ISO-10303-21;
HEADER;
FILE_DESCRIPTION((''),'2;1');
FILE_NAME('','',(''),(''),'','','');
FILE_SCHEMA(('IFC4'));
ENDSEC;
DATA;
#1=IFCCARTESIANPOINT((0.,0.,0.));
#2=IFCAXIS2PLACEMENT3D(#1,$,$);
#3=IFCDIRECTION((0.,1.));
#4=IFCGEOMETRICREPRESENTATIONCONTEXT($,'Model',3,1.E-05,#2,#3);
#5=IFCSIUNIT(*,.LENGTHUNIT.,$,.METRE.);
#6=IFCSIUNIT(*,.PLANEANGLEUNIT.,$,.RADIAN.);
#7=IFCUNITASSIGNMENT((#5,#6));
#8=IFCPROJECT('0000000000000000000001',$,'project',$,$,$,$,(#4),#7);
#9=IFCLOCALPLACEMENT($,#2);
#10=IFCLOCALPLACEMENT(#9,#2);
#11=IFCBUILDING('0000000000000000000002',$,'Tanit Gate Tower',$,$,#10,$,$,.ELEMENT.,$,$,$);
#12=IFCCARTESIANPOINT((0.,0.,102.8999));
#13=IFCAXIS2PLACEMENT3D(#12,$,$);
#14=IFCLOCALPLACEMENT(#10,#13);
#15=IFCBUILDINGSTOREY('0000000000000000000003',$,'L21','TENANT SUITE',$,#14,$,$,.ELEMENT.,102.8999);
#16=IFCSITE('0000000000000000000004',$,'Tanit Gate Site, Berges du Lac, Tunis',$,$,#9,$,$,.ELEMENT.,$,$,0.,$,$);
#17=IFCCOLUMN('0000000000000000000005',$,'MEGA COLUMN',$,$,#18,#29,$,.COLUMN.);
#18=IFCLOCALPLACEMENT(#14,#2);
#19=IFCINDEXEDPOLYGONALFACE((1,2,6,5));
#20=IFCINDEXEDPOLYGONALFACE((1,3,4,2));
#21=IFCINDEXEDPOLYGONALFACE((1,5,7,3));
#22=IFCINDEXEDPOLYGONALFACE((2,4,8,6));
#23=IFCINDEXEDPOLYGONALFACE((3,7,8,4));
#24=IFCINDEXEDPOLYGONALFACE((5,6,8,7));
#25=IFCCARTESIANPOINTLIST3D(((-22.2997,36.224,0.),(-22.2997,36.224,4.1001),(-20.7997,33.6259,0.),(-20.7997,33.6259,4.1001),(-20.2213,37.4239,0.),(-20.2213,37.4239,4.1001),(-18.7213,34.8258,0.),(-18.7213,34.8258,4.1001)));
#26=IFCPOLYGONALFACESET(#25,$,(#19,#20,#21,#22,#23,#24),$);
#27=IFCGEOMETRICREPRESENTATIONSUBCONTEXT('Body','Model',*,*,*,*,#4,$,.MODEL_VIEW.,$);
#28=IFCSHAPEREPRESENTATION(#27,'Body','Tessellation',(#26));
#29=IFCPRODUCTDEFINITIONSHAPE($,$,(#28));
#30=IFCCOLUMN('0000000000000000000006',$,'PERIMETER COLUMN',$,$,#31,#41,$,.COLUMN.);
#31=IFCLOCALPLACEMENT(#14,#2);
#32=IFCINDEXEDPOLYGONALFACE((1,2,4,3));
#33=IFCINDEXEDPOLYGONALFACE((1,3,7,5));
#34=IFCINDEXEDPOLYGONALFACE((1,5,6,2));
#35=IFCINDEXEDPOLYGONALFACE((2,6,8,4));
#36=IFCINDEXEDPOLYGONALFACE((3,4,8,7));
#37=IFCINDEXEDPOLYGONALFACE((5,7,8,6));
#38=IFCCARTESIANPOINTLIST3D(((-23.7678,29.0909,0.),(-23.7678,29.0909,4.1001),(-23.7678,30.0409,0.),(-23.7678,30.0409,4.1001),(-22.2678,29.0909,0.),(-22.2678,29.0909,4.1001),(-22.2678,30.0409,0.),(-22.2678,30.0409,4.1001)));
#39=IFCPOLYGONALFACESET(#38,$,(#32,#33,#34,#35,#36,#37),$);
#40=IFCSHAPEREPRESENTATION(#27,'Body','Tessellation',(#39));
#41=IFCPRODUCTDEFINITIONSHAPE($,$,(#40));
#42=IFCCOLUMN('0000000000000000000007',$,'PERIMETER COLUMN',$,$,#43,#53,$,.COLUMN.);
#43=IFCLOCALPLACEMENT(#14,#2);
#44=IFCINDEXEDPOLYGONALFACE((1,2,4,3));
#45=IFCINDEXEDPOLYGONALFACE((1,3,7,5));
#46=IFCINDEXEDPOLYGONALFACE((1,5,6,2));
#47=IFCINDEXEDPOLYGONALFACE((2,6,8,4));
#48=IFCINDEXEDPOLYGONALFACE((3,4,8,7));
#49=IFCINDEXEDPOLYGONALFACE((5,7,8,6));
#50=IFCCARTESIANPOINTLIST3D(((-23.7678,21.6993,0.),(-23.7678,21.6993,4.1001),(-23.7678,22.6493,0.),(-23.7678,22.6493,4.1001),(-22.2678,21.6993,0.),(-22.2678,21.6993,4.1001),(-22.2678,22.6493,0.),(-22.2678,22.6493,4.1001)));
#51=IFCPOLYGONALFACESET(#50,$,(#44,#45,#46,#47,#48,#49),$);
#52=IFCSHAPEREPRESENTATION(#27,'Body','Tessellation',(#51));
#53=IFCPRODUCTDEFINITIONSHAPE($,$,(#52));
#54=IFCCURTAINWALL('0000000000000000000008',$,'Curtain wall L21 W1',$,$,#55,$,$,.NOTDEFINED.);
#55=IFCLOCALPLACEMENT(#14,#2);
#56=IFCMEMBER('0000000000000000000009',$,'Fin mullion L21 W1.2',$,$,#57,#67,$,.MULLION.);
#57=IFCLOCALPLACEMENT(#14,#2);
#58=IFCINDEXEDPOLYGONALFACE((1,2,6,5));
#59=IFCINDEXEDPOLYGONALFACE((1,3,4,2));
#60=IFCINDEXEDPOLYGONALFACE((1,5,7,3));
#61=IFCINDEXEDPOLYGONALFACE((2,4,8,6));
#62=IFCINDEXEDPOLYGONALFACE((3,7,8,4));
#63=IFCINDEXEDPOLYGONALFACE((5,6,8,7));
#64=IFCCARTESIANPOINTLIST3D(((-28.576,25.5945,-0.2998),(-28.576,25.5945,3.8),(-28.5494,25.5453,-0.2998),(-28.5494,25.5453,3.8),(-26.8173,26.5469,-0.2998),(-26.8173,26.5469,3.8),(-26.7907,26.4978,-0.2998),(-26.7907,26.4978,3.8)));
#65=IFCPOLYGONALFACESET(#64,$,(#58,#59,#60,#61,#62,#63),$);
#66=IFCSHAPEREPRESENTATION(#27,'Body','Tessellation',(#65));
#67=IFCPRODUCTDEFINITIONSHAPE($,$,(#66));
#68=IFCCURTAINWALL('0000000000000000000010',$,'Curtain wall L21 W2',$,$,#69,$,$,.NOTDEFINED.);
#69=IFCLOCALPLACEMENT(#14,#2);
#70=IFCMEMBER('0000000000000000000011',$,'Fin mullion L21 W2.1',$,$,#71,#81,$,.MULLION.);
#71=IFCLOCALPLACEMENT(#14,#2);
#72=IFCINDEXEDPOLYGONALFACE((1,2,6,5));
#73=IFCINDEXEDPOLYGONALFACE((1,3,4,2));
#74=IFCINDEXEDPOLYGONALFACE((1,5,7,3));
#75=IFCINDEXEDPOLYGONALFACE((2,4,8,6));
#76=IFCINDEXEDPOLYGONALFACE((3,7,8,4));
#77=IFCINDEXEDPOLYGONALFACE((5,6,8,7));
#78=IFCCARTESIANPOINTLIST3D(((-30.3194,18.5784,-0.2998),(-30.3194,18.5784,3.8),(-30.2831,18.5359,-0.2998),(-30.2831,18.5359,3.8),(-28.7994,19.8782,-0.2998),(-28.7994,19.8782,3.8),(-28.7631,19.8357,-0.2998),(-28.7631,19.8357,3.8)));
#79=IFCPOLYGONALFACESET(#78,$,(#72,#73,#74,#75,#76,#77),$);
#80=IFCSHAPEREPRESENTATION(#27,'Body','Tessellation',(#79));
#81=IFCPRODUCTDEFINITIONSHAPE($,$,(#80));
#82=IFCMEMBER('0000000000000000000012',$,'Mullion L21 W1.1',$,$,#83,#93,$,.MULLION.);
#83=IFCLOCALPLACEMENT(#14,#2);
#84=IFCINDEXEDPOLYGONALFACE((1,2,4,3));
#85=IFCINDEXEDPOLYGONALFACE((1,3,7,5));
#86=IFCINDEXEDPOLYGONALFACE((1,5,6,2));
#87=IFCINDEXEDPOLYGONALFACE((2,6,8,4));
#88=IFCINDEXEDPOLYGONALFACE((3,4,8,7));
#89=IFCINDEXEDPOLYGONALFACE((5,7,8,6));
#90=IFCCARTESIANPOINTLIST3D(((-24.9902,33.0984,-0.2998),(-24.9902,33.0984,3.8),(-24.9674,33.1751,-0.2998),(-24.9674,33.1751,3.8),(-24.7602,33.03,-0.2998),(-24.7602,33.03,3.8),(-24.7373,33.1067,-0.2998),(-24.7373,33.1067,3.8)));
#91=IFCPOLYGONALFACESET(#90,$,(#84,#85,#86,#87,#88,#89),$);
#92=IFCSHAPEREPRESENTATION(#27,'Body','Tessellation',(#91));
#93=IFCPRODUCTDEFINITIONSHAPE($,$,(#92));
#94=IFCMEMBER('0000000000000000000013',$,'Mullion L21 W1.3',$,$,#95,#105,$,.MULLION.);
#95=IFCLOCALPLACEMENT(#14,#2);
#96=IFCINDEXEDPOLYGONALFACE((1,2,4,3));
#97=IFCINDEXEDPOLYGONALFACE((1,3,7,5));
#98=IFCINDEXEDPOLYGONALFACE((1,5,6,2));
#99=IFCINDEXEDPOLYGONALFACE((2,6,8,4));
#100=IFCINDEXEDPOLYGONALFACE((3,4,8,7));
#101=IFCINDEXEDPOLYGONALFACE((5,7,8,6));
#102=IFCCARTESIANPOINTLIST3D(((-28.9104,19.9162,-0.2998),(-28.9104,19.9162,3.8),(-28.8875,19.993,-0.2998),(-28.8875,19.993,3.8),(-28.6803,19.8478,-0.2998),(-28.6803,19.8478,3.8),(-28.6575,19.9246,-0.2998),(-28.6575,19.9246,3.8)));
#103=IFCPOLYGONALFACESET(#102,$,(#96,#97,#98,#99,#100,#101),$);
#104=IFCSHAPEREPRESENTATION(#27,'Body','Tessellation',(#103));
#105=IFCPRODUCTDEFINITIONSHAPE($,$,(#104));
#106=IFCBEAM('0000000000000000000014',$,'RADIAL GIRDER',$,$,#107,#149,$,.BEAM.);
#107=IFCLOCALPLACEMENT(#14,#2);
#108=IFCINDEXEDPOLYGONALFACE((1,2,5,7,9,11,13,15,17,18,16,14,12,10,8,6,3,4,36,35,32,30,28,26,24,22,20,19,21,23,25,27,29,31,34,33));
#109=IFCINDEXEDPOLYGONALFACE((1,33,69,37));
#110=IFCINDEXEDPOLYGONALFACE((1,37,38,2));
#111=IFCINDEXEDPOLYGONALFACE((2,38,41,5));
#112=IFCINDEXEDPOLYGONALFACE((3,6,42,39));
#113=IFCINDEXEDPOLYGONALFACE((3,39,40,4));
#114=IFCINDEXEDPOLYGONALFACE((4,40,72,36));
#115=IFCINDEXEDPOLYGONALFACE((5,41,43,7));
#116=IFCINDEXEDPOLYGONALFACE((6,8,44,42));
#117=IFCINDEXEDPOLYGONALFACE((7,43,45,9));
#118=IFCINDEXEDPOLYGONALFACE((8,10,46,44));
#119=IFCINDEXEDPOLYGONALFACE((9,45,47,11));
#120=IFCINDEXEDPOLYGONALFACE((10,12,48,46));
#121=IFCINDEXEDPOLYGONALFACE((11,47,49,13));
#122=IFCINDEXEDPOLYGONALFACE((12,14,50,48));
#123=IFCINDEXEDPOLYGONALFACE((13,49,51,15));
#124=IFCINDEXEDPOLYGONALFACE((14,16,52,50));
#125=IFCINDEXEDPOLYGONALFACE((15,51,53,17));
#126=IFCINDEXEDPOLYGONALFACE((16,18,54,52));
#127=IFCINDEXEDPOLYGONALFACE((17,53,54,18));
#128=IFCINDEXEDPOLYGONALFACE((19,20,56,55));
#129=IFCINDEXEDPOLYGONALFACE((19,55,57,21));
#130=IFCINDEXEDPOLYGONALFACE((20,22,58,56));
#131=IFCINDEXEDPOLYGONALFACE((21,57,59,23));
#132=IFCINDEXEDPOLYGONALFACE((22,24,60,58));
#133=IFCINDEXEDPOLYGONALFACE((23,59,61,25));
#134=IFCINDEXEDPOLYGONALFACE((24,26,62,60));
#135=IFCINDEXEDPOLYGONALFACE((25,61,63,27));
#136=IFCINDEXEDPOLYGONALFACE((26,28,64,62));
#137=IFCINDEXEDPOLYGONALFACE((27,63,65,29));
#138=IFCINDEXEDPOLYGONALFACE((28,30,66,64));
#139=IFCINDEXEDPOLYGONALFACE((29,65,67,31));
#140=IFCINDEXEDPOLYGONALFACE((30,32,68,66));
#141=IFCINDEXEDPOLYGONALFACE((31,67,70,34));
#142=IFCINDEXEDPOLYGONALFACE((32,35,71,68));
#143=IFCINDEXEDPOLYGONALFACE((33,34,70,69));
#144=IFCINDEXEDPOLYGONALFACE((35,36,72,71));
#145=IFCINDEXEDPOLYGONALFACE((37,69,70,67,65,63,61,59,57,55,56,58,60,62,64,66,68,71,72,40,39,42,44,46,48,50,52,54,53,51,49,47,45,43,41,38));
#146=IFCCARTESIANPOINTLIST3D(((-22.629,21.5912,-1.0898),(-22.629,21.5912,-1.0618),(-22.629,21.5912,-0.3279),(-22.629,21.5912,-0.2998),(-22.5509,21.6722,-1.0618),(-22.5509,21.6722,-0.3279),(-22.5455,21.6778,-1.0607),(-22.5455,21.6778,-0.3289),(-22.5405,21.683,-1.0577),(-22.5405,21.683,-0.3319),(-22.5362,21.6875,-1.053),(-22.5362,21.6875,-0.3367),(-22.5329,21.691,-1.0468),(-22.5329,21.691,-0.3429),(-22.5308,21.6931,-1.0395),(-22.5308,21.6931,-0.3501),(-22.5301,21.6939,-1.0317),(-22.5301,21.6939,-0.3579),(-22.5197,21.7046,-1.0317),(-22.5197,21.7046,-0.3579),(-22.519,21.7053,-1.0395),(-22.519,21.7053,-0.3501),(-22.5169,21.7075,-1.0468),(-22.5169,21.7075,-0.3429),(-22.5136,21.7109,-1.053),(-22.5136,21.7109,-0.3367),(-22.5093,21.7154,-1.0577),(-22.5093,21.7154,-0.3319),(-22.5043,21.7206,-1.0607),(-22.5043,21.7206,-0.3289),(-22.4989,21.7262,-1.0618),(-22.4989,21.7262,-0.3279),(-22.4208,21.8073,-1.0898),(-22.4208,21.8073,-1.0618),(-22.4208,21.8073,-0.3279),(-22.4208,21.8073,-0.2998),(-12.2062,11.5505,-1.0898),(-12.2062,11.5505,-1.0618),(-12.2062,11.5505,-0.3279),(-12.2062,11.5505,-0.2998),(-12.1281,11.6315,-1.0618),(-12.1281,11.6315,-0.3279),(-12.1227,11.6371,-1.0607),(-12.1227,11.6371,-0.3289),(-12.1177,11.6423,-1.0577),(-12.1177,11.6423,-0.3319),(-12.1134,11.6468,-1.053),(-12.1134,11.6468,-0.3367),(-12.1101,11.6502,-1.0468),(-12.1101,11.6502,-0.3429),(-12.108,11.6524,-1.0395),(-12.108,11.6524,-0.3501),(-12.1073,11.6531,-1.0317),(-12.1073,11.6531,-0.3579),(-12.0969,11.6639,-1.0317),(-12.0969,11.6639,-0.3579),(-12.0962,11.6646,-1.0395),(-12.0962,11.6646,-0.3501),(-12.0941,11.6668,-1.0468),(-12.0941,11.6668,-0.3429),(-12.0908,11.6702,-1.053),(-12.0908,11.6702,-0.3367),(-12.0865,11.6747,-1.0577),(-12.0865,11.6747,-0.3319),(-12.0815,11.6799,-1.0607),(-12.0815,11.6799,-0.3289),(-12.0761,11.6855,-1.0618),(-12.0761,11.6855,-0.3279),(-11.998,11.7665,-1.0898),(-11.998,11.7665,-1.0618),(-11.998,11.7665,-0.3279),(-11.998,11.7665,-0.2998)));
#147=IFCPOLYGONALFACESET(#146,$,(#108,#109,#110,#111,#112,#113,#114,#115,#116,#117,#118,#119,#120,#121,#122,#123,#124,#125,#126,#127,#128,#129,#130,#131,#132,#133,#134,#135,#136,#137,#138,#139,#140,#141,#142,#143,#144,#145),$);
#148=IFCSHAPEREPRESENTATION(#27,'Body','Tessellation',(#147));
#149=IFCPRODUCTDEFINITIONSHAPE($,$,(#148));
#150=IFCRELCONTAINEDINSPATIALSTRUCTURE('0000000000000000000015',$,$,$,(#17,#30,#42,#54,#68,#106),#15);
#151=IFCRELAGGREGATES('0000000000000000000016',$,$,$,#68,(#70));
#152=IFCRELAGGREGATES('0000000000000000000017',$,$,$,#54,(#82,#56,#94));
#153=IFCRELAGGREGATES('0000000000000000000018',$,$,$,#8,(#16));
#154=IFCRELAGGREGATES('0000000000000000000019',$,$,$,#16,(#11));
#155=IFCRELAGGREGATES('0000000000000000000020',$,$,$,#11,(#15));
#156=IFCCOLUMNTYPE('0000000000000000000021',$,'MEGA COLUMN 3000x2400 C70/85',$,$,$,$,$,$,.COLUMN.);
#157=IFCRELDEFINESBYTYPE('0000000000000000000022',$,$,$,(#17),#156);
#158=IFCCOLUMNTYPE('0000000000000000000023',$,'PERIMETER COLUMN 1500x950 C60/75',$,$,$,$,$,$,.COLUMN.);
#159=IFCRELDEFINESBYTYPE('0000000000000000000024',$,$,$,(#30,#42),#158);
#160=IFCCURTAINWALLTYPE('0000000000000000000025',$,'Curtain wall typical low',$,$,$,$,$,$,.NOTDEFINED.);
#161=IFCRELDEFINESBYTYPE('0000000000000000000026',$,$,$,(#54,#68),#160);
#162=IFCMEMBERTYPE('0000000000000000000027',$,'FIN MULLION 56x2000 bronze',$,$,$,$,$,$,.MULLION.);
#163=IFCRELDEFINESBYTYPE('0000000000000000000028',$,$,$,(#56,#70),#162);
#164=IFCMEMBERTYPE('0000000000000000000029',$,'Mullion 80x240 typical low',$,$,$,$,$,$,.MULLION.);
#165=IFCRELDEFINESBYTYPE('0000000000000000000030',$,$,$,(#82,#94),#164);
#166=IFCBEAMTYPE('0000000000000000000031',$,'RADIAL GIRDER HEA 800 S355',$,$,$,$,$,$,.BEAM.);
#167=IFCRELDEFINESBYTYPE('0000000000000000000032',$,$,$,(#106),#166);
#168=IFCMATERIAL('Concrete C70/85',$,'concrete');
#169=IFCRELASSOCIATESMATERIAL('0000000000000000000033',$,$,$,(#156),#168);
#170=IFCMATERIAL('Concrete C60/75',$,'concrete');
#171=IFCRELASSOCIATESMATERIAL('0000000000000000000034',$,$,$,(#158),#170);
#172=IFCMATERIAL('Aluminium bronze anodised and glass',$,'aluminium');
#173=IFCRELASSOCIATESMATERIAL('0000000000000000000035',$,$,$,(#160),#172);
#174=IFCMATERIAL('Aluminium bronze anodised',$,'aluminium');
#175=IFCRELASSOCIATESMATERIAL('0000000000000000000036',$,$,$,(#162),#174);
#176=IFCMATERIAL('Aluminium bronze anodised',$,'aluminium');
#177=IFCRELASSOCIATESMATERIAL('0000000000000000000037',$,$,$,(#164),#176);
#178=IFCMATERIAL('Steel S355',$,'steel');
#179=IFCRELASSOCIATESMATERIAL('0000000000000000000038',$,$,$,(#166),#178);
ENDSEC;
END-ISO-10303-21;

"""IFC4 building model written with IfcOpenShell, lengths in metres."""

from ifc_helpers import new_model, si_unit, direction, frame, origin, origin_2d, place, context, subcontext, project, spatial, rectangle, i_section, extrude, material, material_profile, profile_set, type_object, element, aggregate, save


model = new_model("IFC4")

# Units and contexts
model_context = context("Model", 3, precision=1e-05, world=origin(), true_north=direction((0.0, 1.0)))
body_context = subcontext(model_context, "Body", "Model", "MODEL_VIEW")
ifc_project = project(units=[si_unit("LENGTHUNIT", "METRE"), si_unit("PLANEANGLEUNIT", "RADIAN")], contexts=[model_context])

# Site, building, storey
site_placement = place(None, origin())
site = spatial("IfcSite", under=ifc_project, at=site_placement, Name="Tanit Gate Site, Berges du Lac, Tunis", CompositionType="ELEMENT", RefElevation=0.0)
building_placement = place(site_placement, origin())
building = spatial("IfcBuilding", under=site, at=building_placement, Name="Tanit Gate Tower", CompositionType="ELEMENT")
storey_placement = place(building_placement, frame((0.0, 0.0, 102.8999)))
storey = spatial("IfcBuildingStorey", under=building, at=storey_placement, Name="L21", Description="TENANT SUITE", CompositionType="ELEMENT", Elevation=102.8999)

# Columns
ifc_material_1 = material(Name="Concrete C70/85", Category="concrete")
ifc_material_profile_1 = material_profile(ifc_material_1, rectangle(XDim=3.0, YDim=2.3999, at=origin_2d()), Name="RC 3000x2400")
ifc_profile_set_1 = profile_set([ifc_material_profile_1], Name="Concrete C70/85")
column_type_1 = type_object("IfcColumnType", Name="MEGA COLUMN 3000x2400 C70/85", PredefinedType="COLUMN", material=ifc_profile_set_1)
column_placement = place(storey_placement, frame((-20.5105, 35.5249, 0.0), z_axis=(0.0, 0.0, 1.0), x_axis=(-0.5, 0.866025, 0.0)))
element("IfcColumn", 1, at=column_placement, inside=storey, type_object=column_type_1, Name="MEGA COLUMN", PredefinedType="COLUMN", context=body_context, shape_type="SweptSolid", body=[
    extrude(rectangle(XDim=3.0, YDim=2.3999, at=origin_2d()), origin(), (0.0, 0.0, 1.0), 4.1001),
])
ifc_material_2 = material(Name="Concrete C60/75", Category="concrete")
ifc_material_profile_2 = material_profile(ifc_material_2, rectangle(XDim=1.5, YDim=0.95, at=origin_2d()), Name="RC 1500x950")
ifc_profile_set_2 = profile_set([ifc_material_profile_2], Name="Concrete C60/75")
column_type_2 = type_object("IfcColumnType", Name="PERIMETER COLUMN 1500x950 C60/75", PredefinedType="COLUMN", material=ifc_profile_set_2)
for number, where, z_axis, x_axis, name in (
    (2, (-23.0178, 29.5659, 0.0), (0.0, 0.0, 1.0), (-1.0, 0.0, 0.0), "PERIMETER COLUMN"),
    (3, (-23.0178, 22.1743, 0.0), (0.0, 0.0, 1.0), (-1.0, 0.0, 0.0), "PERIMETER COLUMN"),
):
    element("IfcColumn", number, at=place(storey_placement, frame(where, z_axis=z_axis, x_axis=x_axis)), inside=storey, type_object=column_type_2, Name=name, PredefinedType="COLUMN", context=body_context, shape_type="SweptSolid", body=[
        extrude(rectangle(XDim=1.5, YDim=0.95, at=origin_2d()), origin(), (0.0, 0.0, 1.0), 4.1001),
    ])

# Curtain walls, members
ifc_material_3 = material(Name="Aluminium bronze anodised and glass", Category="aluminium")
curtain_wall_type = type_object("IfcCurtainWallType", Name="Curtain wall typical low", PredefinedType="NOTDEFINED", material=ifc_material_3)
curtain_wall_1_placement = place(storey_placement, origin())
curtain_wall_1 = element("IfcCurtainWall", 4, at=curtain_wall_1_placement, inside=storey, type_object=curtain_wall_type, Name="Curtain wall L21 W1", PredefinedType="NOTDEFINED")
ifc_material_4 = material(Name="Aluminium bronze anodised", Category="aluminium")
ifc_material_profile_3 = material_profile(ifc_material_4, rectangle(XDim=2.0, YDim=0.0559, at=origin_2d()), Name="56x2000 bronze fin mullion")
ifc_profile_set_3 = profile_set([ifc_material_profile_3], Name="Aluminium bronze anodised")
member_type_1 = type_object("IfcMemberType", Name="FIN MULLION 56x2000 bronze", PredefinedType="MULLION", material=ifc_profile_set_3)
member_1_placement = place(storey_placement, frame((-27.6833, 26.0461, -0.2998), z_axis=(0.0, 0.0, 1.0), x_axis=(0.879325, 0.476222, 0.0)))
member_1 = element("IfcMember", 5, at=member_1_placement, type_object=member_type_1, Name="Fin mullion L21 W1.2", PredefinedType="MULLION", context=body_context, shape_type="SweptSolid", body=[
    extrude(rectangle(XDim=2.0, YDim=0.0559, at=origin_2d()), origin(), (0.0, 0.0, 1.0), 4.0999),
])
curtain_wall_2_placement = place(storey_placement, origin())
curtain_wall_2 = element("IfcCurtainWall", 6, at=curtain_wall_2_placement, inside=storey, type_object=curtain_wall_type, Name="Curtain wall L21 W2", PredefinedType="NOTDEFINED")
member_2_placement = place(storey_placement, frame((-29.5413, 19.207, -0.2998), z_axis=(0.0, 0.0, 1.0), x_axis=(0.760002, 0.649921, 0.0)))
member_2 = element("IfcMember", 7, at=member_2_placement, type_object=member_type_1, Name="Fin mullion L21 W2.1", PredefinedType="MULLION", context=body_context, shape_type="SweptSolid", body=[
    extrude(rectangle(XDim=2.0, YDim=0.0559, at=origin_2d()), origin(), (0.0, 0.0, 1.0), 4.0999),
])

# Members
ifc_material_5 = material(Name="Aluminium bronze anodised", Category="aluminium")
ifc_material_profile_4 = material_profile(ifc_material_5, rectangle(XDim=0.24, YDim=0.0801, at=origin_2d()), Name="80x240 bronze mullion")
ifc_profile_set_4 = profile_set([ifc_material_profile_4], Name="Aluminium bronze anodised")
member_type_2 = type_object("IfcMemberType", Name="Mullion 80x240 typical low", PredefinedType="MULLION", material=ifc_profile_set_4)
member_3_placement = place(storey_placement, frame((-24.8638, 33.1025, -0.2998), z_axis=(0.0, 0.0, 1.0), x_axis=(0.958517, -0.285037, 0.0)))
member_3 = element("IfcMember", 8, at=member_3_placement, type_object=member_type_2, Name="Mullion L21 W1.1", PredefinedType="MULLION", context=body_context, shape_type="SweptSolid", body=[
    extrude(rectangle(XDim=0.24, YDim=0.0801, at=origin_2d()), origin(), (0.0, 0.0, 1.0), 4.0999),
])
member_4_placement = place(storey_placement, frame((-28.7839, 19.9204, -0.2998), z_axis=(0.0, 0.0, 1.0), x_axis=(0.958517, -0.285037, 0.0)))
member_4 = element("IfcMember", 9, at=member_4_placement, type_object=member_type_2, Name="Mullion L21 W1.3", PredefinedType="MULLION", context=body_context, shape_type="SweptSolid", body=[
    extrude(rectangle(XDim=0.24, YDim=0.0801, at=origin_2d()), origin(), (0.0, 0.0, 1.0), 4.0999),
])

# Beam
ifc_material_6 = material(Name="Steel S355", Category="steel")
ifc_material_profile_5 = material_profile(ifc_material_6, i_section(OverallWidth=0.3, OverallDepth=0.79, WebThickness=0.0149, FlangeThickness=0.0281, FilletRadius=0.03, at=origin_2d()), Name="HEA 800")
ifc_profile_set_5 = profile_set([ifc_material_profile_5], Name="Steel S355")
beam_type_1 = type_object("IfcBeamType", Name="RADIAL GIRDER HEA 800 S355", PredefinedType="BEAM", material=ifc_profile_set_5)
beam_1_placement = place(storey_placement, frame((-22.5249, 21.6992, -0.6948), z_axis=(0.720184, -0.693783, 0.0), x_axis=(0.693783, 0.720184, 0.0)))
element("IfcBeam", 10, at=beam_1_placement, inside=storey, type_object=beam_type_1, Name="RADIAL GIRDER", PredefinedType="BEAM", context=body_context, shape_type="SweptSolid", body=[
    extrude(i_section(OverallWidth=0.3, OverallDepth=0.79, WebThickness=0.0149, FlangeThickness=0.0281, FilletRadius=0.03, at=origin_2d()), origin(), (0.0, 0.0, 1.0), 14.4724),
])

aggregate(curtain_wall_2, [member_2])

aggregate(curtain_wall_1, [member_3, member_1, member_4])

save(model, "model.ifc")
